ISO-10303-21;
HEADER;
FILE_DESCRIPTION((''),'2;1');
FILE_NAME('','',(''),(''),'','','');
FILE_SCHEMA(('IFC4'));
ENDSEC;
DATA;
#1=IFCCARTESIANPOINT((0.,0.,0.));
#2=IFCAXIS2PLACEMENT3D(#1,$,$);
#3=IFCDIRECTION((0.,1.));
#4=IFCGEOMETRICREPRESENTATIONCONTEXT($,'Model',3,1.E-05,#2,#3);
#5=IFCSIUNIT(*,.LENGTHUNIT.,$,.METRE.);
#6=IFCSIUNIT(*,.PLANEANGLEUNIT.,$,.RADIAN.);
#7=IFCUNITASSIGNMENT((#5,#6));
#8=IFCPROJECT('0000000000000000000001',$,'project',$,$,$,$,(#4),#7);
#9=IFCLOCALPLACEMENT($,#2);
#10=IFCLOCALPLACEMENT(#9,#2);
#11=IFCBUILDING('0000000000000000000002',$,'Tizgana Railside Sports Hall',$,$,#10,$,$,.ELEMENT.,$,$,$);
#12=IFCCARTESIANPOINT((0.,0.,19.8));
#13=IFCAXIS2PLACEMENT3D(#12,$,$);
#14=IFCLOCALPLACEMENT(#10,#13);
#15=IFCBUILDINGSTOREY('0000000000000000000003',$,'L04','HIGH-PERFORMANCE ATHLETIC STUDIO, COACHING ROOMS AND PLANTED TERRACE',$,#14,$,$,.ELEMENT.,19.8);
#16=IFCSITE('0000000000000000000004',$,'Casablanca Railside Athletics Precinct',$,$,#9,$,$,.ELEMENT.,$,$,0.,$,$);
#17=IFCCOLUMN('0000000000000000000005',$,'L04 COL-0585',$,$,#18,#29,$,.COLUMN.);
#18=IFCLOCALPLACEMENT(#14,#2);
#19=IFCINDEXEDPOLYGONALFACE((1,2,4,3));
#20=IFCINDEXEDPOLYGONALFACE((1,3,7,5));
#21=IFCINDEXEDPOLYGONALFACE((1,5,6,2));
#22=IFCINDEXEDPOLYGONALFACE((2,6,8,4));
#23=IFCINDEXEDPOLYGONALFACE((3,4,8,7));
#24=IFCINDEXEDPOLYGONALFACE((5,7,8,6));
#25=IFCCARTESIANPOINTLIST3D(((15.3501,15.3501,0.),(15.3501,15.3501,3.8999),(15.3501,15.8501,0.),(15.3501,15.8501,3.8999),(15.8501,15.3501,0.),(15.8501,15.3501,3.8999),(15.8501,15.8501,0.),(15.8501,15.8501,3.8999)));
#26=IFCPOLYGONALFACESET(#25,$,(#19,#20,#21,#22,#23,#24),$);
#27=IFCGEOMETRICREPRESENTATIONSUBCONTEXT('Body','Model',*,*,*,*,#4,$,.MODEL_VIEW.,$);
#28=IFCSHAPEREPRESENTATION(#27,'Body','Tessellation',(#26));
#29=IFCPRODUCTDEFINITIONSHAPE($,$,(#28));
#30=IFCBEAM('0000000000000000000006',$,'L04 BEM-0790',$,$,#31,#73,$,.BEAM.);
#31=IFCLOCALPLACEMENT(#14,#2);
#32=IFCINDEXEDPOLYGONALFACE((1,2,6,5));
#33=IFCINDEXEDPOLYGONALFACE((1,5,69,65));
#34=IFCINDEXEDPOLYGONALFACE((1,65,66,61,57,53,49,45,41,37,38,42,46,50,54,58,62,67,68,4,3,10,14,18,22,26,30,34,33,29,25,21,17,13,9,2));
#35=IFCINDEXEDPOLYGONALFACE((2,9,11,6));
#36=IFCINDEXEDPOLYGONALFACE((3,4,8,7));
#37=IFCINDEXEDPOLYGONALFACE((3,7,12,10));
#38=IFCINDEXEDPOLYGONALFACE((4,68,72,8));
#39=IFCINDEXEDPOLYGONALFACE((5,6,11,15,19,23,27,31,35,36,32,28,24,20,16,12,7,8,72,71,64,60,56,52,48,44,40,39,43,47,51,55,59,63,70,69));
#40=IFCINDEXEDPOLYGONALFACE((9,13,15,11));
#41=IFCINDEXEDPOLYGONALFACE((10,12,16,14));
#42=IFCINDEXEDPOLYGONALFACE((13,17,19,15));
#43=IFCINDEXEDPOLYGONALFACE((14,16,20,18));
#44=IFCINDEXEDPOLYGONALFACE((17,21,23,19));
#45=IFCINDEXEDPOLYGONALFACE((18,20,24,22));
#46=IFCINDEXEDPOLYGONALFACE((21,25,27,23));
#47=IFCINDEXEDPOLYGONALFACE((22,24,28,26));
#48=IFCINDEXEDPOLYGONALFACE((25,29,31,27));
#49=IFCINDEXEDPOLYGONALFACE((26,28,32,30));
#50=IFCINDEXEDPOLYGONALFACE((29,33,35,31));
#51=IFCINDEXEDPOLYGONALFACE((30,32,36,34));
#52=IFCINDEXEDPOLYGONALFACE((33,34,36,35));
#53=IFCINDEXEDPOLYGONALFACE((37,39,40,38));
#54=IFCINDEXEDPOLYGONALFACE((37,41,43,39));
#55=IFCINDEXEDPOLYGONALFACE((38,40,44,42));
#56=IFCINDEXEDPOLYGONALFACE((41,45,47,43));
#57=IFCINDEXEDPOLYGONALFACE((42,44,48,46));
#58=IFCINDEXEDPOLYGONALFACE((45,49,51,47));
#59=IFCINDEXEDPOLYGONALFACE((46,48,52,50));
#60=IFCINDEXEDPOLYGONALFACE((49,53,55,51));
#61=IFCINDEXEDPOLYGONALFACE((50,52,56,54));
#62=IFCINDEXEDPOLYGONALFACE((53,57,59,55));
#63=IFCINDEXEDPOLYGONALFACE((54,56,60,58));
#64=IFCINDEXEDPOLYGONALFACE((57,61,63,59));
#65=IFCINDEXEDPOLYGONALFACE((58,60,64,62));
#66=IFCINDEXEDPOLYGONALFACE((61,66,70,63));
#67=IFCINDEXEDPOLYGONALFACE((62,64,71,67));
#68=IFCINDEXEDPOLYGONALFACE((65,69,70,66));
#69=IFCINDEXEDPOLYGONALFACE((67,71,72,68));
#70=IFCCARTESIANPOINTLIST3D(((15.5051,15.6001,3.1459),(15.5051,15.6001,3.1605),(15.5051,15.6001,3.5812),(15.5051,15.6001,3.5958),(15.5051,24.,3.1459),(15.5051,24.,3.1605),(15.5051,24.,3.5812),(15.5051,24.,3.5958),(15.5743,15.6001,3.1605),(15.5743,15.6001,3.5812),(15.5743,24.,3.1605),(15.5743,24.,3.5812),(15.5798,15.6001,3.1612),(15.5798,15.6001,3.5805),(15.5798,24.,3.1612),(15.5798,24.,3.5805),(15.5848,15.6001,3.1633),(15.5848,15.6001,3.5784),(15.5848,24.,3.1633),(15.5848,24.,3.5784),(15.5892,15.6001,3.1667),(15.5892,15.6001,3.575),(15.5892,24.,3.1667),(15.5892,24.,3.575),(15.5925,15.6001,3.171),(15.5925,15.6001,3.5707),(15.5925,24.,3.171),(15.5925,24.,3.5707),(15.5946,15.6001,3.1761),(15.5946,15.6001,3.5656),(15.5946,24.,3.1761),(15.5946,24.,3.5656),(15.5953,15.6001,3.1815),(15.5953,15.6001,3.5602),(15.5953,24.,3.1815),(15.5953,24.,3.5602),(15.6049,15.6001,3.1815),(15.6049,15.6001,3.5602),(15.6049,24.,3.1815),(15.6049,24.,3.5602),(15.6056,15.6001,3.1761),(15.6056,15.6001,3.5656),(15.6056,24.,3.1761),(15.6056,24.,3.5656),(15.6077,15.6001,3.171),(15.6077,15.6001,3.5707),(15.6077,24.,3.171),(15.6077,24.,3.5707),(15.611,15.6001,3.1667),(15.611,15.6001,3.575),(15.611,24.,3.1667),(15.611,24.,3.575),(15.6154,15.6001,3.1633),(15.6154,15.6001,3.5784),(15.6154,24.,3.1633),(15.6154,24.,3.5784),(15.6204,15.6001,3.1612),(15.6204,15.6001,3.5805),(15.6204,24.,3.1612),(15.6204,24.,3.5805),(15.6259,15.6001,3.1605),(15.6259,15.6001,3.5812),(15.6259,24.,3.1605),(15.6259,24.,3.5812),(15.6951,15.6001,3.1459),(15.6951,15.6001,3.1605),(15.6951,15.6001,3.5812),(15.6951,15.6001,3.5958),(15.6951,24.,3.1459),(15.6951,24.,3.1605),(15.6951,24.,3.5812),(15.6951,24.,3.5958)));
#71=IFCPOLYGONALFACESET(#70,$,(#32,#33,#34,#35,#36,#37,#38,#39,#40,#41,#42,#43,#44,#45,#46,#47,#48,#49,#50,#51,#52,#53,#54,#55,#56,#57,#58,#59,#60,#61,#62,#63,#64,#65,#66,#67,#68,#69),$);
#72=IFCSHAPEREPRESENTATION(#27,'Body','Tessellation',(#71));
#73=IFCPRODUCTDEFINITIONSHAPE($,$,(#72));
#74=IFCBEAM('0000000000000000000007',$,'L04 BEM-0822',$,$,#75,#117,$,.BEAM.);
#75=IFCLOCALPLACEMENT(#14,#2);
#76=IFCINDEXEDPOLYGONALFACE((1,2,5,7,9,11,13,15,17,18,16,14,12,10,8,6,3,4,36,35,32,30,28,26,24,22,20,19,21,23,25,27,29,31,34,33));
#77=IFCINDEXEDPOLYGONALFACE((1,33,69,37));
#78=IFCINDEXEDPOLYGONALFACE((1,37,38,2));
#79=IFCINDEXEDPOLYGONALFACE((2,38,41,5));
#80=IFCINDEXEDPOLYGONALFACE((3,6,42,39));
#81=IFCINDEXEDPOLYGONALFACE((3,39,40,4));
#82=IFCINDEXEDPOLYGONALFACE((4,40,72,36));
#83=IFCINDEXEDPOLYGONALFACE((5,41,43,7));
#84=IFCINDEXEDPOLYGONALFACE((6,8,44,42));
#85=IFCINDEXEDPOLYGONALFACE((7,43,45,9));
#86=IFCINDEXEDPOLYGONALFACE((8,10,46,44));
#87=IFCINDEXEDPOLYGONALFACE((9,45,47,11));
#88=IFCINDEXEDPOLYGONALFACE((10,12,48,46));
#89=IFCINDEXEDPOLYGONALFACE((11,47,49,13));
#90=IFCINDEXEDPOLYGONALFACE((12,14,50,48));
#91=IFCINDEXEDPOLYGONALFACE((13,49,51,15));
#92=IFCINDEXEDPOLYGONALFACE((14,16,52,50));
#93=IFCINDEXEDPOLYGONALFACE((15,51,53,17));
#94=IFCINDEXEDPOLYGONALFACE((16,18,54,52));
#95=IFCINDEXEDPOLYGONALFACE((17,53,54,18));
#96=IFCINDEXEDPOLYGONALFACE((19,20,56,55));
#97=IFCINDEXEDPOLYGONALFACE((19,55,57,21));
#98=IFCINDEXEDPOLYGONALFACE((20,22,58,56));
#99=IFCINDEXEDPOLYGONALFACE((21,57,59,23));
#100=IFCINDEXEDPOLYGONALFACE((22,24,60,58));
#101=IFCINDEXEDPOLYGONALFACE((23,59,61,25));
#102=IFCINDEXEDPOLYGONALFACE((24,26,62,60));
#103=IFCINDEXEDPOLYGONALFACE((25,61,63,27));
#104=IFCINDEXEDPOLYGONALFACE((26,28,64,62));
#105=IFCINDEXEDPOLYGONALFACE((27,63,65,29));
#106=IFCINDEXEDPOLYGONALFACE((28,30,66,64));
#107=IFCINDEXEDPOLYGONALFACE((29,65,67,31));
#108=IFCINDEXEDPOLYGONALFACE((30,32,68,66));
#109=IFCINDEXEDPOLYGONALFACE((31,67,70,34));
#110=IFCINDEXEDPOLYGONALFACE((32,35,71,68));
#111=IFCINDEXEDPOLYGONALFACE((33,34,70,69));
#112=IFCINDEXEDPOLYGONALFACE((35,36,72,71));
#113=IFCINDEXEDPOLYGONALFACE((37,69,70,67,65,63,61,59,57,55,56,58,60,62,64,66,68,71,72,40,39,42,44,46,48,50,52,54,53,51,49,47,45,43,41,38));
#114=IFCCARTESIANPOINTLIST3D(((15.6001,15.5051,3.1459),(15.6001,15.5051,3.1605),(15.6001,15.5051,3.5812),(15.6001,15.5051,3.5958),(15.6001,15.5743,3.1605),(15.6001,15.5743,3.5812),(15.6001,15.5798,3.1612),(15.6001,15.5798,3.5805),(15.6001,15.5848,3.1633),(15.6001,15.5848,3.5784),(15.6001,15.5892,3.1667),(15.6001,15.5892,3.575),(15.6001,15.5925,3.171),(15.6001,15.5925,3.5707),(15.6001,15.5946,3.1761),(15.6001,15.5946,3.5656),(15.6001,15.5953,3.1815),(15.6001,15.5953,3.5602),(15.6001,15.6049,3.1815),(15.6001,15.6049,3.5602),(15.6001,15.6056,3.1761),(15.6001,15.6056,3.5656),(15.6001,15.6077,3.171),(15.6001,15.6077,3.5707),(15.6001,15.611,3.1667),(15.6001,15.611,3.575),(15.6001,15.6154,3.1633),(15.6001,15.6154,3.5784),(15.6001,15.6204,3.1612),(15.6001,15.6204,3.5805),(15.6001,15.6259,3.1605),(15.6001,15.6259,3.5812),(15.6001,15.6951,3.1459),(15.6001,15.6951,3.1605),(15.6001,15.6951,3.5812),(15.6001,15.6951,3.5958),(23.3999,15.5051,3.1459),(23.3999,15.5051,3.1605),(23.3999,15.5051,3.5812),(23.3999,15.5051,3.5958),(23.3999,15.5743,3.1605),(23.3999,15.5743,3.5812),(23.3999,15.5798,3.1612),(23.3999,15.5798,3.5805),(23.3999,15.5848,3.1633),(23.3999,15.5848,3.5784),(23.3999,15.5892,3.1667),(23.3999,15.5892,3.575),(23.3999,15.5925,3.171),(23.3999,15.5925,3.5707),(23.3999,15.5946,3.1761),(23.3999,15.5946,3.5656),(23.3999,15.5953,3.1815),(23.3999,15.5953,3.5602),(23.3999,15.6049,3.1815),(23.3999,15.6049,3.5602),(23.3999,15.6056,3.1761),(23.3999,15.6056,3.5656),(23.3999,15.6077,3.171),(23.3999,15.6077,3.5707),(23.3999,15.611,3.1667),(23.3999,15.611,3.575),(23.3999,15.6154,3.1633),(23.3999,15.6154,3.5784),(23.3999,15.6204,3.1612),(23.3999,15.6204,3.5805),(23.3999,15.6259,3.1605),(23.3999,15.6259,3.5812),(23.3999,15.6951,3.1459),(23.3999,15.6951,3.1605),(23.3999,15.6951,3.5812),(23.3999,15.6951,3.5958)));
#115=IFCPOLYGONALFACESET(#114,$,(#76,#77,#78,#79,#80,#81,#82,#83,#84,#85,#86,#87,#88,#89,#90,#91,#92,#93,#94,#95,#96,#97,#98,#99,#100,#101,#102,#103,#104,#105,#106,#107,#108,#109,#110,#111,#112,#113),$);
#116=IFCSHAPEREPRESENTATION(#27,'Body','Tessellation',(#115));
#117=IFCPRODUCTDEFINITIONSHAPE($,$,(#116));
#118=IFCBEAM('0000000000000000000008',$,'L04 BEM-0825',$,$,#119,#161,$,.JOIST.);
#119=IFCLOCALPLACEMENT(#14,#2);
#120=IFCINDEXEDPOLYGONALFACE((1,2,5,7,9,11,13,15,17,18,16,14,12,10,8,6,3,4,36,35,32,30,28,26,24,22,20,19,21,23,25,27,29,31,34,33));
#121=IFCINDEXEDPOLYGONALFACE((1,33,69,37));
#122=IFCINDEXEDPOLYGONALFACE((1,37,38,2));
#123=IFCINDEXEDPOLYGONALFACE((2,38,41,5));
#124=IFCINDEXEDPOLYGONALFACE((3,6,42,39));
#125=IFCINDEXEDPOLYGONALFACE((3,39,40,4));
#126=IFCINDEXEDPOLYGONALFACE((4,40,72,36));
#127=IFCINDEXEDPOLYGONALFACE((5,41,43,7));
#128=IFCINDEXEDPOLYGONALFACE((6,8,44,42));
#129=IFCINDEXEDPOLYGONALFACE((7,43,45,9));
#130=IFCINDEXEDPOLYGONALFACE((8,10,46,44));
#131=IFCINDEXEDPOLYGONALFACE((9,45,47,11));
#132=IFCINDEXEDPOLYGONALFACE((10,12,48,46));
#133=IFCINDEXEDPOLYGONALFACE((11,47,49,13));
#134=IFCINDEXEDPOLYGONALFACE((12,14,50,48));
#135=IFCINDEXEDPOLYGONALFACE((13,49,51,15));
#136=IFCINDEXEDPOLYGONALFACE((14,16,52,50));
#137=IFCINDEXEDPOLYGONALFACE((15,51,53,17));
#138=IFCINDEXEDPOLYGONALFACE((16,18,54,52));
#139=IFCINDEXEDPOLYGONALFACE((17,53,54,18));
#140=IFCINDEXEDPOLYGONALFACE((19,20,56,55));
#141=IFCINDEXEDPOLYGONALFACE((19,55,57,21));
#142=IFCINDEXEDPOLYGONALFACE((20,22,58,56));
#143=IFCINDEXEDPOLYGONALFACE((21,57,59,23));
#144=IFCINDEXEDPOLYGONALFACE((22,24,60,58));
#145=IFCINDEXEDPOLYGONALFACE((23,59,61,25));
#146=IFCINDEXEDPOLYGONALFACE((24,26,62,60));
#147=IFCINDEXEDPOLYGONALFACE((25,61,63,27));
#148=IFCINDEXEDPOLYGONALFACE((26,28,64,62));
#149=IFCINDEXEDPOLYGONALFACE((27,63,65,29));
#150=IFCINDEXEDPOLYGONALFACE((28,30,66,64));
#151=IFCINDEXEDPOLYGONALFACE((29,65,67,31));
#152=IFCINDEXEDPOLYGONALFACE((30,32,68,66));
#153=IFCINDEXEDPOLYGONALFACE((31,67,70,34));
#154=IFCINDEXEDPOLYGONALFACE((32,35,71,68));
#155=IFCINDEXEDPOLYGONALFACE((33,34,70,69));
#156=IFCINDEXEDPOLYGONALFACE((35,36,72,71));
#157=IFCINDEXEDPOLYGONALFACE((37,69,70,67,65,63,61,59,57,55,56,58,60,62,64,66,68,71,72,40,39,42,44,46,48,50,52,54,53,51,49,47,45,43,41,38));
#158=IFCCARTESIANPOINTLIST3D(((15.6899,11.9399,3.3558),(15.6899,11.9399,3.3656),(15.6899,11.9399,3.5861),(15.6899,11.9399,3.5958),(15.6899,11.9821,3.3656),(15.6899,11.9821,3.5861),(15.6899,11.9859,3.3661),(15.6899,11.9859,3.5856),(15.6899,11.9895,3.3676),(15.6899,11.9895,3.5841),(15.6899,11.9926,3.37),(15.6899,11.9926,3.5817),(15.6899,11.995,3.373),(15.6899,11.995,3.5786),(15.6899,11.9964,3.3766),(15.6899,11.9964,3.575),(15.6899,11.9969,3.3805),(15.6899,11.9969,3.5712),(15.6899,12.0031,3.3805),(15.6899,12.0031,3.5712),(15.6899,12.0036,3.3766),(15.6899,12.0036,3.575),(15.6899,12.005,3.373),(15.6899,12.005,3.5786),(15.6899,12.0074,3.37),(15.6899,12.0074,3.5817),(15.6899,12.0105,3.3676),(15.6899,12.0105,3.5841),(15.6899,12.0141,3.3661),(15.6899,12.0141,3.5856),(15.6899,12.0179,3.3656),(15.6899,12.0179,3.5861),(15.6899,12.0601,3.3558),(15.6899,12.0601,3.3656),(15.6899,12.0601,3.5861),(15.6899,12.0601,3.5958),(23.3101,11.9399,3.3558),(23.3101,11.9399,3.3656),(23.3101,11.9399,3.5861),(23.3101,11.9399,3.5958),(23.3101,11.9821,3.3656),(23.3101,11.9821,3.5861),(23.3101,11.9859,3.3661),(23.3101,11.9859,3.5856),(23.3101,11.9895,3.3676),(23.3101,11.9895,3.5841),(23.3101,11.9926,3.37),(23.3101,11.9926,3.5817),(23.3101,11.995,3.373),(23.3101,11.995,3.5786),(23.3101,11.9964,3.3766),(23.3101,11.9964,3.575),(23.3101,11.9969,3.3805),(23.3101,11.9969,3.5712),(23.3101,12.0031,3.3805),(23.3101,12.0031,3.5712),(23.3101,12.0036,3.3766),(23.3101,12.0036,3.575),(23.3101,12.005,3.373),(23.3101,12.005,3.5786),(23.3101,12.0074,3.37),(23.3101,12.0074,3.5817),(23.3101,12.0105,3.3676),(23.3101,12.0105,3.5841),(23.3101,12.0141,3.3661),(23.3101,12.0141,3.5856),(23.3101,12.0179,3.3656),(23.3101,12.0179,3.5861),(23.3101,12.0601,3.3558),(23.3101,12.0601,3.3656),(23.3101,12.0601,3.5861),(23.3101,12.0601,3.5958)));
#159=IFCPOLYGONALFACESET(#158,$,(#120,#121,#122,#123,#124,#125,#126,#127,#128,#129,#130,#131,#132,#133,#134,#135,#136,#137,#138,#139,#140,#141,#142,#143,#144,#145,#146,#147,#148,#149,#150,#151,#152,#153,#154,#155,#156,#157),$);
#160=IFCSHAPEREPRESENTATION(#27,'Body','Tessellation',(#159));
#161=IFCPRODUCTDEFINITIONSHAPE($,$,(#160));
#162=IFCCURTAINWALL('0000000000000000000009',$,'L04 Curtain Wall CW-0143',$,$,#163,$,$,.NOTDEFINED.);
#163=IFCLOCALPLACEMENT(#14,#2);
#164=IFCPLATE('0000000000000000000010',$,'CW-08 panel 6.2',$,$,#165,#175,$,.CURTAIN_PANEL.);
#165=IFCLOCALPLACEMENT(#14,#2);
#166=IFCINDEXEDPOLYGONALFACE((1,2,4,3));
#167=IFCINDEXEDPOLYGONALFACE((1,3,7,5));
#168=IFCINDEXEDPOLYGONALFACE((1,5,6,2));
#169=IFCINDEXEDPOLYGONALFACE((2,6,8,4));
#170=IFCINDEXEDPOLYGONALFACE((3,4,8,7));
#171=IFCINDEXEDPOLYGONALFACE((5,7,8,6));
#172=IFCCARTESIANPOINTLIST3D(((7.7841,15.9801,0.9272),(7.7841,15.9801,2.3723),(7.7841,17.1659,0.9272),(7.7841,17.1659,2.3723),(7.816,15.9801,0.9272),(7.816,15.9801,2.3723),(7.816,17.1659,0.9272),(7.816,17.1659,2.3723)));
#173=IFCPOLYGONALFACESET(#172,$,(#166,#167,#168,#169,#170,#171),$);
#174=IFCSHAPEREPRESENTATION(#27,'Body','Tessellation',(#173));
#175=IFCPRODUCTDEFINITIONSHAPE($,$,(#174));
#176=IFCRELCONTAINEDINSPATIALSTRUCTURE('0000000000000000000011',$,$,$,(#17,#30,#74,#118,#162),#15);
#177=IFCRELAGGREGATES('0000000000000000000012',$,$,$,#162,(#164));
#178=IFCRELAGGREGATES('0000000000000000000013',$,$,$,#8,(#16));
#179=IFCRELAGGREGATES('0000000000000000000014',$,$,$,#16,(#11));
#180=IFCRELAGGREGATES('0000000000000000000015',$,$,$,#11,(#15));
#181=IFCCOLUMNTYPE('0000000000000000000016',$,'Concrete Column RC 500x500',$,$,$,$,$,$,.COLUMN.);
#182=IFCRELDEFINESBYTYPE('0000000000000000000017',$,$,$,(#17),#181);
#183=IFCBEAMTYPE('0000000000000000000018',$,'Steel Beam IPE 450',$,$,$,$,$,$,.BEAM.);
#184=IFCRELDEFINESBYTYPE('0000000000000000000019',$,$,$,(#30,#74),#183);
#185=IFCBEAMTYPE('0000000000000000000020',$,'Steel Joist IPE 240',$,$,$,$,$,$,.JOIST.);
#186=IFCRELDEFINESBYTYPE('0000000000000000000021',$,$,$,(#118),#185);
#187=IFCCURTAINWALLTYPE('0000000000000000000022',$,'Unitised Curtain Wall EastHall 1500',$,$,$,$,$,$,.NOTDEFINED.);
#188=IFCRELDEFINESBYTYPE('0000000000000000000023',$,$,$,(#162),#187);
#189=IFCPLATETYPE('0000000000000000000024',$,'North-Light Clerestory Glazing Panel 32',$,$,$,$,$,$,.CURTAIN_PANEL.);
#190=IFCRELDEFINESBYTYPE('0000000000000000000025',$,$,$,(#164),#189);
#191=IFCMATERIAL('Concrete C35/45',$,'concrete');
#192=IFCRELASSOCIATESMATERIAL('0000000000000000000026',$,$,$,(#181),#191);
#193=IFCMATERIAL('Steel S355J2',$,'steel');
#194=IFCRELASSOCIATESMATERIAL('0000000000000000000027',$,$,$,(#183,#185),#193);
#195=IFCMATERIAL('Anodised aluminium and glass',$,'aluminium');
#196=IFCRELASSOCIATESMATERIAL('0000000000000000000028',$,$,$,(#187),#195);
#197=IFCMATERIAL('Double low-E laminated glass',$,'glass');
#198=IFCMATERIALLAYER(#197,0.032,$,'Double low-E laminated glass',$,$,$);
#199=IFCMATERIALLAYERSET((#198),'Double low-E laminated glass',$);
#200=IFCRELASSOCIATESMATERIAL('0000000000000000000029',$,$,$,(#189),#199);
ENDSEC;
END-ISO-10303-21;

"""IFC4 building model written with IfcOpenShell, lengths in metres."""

from ifc_helpers import new_model, si_unit, direction, frame, origin, origin_2d, place, context, subcontext, project, spatial, rectangle, i_section, extrude, material, layer, layer_set, material_profile, profile_set, type_object, element, aggregate, save


model = new_model("IFC4")

# Units and contexts
model_context = context("Model", 3, precision=1e-05, world=origin(), true_north=direction((0.0, 1.0)))
body_context = subcontext(model_context, "Body", "Model", "MODEL_VIEW")
ifc_project = project(units=[si_unit("LENGTHUNIT", "METRE"), si_unit("PLANEANGLEUNIT", "RADIAN")], contexts=[model_context])

# Site, building, storey
site_placement = place(None, origin())
site = spatial("IfcSite", under=ifc_project, at=site_placement, Name="Casablanca Railside Athletics Precinct", CompositionType="ELEMENT", RefElevation=0.0)
building_placement = place(site_placement, origin())
building = spatial("IfcBuilding", under=site, at=building_placement, Name="Tizgana Railside Sports Hall", CompositionType="ELEMENT")
storey_placement = place(building_placement, frame((0.0, 0.0, 19.8)))
storey = spatial("IfcBuildingStorey", under=building, at=storey_placement, Name="L04", Description="HIGH-PERFORMANCE ATHLETIC STUDIO, COACHING ROOMS AND PLANTED TERRACE", CompositionType="ELEMENT", Elevation=19.8)

# Column
ifc_material_1 = material(Name="Concrete C35/45", Category="concrete")
ifc_material_profile_1 = material_profile(ifc_material_1, rectangle(XDim=0.5, YDim=0.5, at=origin_2d()), Name="RC 500x500")
ifc_profile_set_1 = profile_set([ifc_material_profile_1], Name="Concrete C35/45")
column_type = type_object("IfcColumnType", Name="Concrete Column RC 500x500", PredefinedType="COLUMN", material=ifc_profile_set_1)
column_placement = place(storey_placement, frame((15.6001, 15.6001, 0.0), z_axis=(0.0, 0.0, 1.0), x_axis=(1.0, 0.0, 0.0)))
element("IfcColumn", 1, at=column_placement, inside=storey, type_object=column_type, Name="L04 COL-0585", PredefinedType="COLUMN", context=body_context, shape_type="SweptSolid", body=[
    extrude(rectangle(XDim=0.5, YDim=0.5, at=origin_2d()), origin(), (0.0, 0.0, 1.0), 3.8999),
])

# Beams
ifc_material_2 = material(Name="Steel S355J2", Category="steel")
ifc_material_profile_2 = material_profile(ifc_material_2, i_section(OverallWidth=0.1899, OverallDepth=0.45, WebThickness=0.0095, FlangeThickness=0.0146, FilletRadius=0.021, at=origin_2d()), Name="IPE 450")
ifc_profile_set_2 = profile_set([ifc_material_profile_2], Name="Steel S355J2")
beam_type_1 = type_object("IfcBeamType", Name="Steel Beam IPE 450", PredefinedType="BEAM", material=ifc_profile_set_2)
beam_1_placement = place(storey_placement, frame((15.6001, 15.6001, 3.3708), z_axis=(0.0, 1.0, 0.0), x_axis=(-1.0, 0.0, 0.0)))
element("IfcBeam", 2, at=beam_1_placement, inside=storey, type_object=beam_type_1, Name="L04 BEM-0790", PredefinedType="BEAM", context=body_context, shape_type="SweptSolid", body=[
    extrude(i_section(OverallWidth=0.1899, OverallDepth=0.45, WebThickness=0.0095, FlangeThickness=0.0146, FilletRadius=0.021, at=origin_2d()), origin(), (0.0, 0.0, 1.0), 8.3999),
])
beam_2_placement = place(storey_placement, frame((15.6001, 15.6001, 3.3708), z_axis=(1.0, 0.0, 0.0), x_axis=(0.0, 1.0, 0.0)))
element("IfcBeam", 3, at=beam_2_placement, inside=storey, type_object=beam_type_1, Name="L04 BEM-0822", PredefinedType="BEAM", context=body_context, shape_type="SweptSolid", body=[
    extrude(i_section(OverallWidth=0.1899, OverallDepth=0.45, WebThickness=0.0095, FlangeThickness=0.0146, FilletRadius=0.021, at=origin_2d()), origin(), (0.0, 0.0, 1.0), 7.7998),
])
ifc_material_profile_3 = material_profile(ifc_material_2, i_section(OverallWidth=0.1201, OverallDepth=0.24, WebThickness=0.0061, FlangeThickness=0.0098, FilletRadius=0.0149, at=origin_2d()), Name="IPE 240")
ifc_profile_set_3 = profile_set([ifc_material_profile_3], Name="Steel S355J2")
beam_type_2 = type_object("IfcBeamType", Name="Steel Joist IPE 240", PredefinedType="JOIST", material=ifc_profile_set_3)
beam_3_placement = place(storey_placement, frame((15.6899, 12.0, 3.4758), z_axis=(1.0, 0.0, 0.0), x_axis=(0.0, 1.0, 0.0)))
element("IfcBeam", 4, at=beam_3_placement, inside=storey, type_object=beam_type_2, Name="L04 BEM-0825", PredefinedType="JOIST", context=body_context, shape_type="SweptSolid", body=[
    extrude(i_section(OverallWidth=0.1201, OverallDepth=0.24, WebThickness=0.0061, FlangeThickness=0.0098, FilletRadius=0.0149, at=origin_2d()), origin(), (0.0, 0.0, 1.0), 7.6201),
])

# Curtain wall, plate
ifc_material_3 = material(Name="Anodised aluminium and glass", Category="aluminium")
curtain_wall_type = type_object("IfcCurtainWallType", Name="Unitised Curtain Wall EastHall 1500", PredefinedType="NOTDEFINED", material=ifc_material_3)
curtain_wall_placement = place(storey_placement, origin())
curtain_wall = element("IfcCurtainWall", 5, at=curtain_wall_placement, inside=storey, type_object=curtain_wall_type, Name="L04 Curtain Wall CW-0143", PredefinedType="NOTDEFINED")
ifc_material_4 = material(Name="Double low-E laminated glass", Category="glass")
ifc_layer_1 = layer(ifc_material_4, 0.032, Name="Double low-E laminated glass")
ifc_layer_set_1 = layer_set([ifc_layer_1], Name="Double low-E laminated glass")
plate_type = type_object("IfcPlateType", Name="North-Light Clerestory Glazing Panel 32", PredefinedType="CURTAIN_PANEL", material=ifc_layer_set_1)
plate_placement = place(storey_placement, frame((7.8, 16.573, 0.9272), z_axis=(0.0, 0.0, 1.0), x_axis=(0.0, -1.0, 0.0)))
plate = element("IfcPlate", 6, at=plate_placement, type_object=plate_type, Name="CW-08 panel 6.2", PredefinedType="CURTAIN_PANEL", context=body_context, shape_type="SweptSolid", body=[
    extrude(rectangle(XDim=1.1858, YDim=0.032, at=origin_2d()), origin(), (0.0, 0.0, 1.0), 1.4451),
])
aggregate(curtain_wall, [plate])

save(model, "model.ifc")
